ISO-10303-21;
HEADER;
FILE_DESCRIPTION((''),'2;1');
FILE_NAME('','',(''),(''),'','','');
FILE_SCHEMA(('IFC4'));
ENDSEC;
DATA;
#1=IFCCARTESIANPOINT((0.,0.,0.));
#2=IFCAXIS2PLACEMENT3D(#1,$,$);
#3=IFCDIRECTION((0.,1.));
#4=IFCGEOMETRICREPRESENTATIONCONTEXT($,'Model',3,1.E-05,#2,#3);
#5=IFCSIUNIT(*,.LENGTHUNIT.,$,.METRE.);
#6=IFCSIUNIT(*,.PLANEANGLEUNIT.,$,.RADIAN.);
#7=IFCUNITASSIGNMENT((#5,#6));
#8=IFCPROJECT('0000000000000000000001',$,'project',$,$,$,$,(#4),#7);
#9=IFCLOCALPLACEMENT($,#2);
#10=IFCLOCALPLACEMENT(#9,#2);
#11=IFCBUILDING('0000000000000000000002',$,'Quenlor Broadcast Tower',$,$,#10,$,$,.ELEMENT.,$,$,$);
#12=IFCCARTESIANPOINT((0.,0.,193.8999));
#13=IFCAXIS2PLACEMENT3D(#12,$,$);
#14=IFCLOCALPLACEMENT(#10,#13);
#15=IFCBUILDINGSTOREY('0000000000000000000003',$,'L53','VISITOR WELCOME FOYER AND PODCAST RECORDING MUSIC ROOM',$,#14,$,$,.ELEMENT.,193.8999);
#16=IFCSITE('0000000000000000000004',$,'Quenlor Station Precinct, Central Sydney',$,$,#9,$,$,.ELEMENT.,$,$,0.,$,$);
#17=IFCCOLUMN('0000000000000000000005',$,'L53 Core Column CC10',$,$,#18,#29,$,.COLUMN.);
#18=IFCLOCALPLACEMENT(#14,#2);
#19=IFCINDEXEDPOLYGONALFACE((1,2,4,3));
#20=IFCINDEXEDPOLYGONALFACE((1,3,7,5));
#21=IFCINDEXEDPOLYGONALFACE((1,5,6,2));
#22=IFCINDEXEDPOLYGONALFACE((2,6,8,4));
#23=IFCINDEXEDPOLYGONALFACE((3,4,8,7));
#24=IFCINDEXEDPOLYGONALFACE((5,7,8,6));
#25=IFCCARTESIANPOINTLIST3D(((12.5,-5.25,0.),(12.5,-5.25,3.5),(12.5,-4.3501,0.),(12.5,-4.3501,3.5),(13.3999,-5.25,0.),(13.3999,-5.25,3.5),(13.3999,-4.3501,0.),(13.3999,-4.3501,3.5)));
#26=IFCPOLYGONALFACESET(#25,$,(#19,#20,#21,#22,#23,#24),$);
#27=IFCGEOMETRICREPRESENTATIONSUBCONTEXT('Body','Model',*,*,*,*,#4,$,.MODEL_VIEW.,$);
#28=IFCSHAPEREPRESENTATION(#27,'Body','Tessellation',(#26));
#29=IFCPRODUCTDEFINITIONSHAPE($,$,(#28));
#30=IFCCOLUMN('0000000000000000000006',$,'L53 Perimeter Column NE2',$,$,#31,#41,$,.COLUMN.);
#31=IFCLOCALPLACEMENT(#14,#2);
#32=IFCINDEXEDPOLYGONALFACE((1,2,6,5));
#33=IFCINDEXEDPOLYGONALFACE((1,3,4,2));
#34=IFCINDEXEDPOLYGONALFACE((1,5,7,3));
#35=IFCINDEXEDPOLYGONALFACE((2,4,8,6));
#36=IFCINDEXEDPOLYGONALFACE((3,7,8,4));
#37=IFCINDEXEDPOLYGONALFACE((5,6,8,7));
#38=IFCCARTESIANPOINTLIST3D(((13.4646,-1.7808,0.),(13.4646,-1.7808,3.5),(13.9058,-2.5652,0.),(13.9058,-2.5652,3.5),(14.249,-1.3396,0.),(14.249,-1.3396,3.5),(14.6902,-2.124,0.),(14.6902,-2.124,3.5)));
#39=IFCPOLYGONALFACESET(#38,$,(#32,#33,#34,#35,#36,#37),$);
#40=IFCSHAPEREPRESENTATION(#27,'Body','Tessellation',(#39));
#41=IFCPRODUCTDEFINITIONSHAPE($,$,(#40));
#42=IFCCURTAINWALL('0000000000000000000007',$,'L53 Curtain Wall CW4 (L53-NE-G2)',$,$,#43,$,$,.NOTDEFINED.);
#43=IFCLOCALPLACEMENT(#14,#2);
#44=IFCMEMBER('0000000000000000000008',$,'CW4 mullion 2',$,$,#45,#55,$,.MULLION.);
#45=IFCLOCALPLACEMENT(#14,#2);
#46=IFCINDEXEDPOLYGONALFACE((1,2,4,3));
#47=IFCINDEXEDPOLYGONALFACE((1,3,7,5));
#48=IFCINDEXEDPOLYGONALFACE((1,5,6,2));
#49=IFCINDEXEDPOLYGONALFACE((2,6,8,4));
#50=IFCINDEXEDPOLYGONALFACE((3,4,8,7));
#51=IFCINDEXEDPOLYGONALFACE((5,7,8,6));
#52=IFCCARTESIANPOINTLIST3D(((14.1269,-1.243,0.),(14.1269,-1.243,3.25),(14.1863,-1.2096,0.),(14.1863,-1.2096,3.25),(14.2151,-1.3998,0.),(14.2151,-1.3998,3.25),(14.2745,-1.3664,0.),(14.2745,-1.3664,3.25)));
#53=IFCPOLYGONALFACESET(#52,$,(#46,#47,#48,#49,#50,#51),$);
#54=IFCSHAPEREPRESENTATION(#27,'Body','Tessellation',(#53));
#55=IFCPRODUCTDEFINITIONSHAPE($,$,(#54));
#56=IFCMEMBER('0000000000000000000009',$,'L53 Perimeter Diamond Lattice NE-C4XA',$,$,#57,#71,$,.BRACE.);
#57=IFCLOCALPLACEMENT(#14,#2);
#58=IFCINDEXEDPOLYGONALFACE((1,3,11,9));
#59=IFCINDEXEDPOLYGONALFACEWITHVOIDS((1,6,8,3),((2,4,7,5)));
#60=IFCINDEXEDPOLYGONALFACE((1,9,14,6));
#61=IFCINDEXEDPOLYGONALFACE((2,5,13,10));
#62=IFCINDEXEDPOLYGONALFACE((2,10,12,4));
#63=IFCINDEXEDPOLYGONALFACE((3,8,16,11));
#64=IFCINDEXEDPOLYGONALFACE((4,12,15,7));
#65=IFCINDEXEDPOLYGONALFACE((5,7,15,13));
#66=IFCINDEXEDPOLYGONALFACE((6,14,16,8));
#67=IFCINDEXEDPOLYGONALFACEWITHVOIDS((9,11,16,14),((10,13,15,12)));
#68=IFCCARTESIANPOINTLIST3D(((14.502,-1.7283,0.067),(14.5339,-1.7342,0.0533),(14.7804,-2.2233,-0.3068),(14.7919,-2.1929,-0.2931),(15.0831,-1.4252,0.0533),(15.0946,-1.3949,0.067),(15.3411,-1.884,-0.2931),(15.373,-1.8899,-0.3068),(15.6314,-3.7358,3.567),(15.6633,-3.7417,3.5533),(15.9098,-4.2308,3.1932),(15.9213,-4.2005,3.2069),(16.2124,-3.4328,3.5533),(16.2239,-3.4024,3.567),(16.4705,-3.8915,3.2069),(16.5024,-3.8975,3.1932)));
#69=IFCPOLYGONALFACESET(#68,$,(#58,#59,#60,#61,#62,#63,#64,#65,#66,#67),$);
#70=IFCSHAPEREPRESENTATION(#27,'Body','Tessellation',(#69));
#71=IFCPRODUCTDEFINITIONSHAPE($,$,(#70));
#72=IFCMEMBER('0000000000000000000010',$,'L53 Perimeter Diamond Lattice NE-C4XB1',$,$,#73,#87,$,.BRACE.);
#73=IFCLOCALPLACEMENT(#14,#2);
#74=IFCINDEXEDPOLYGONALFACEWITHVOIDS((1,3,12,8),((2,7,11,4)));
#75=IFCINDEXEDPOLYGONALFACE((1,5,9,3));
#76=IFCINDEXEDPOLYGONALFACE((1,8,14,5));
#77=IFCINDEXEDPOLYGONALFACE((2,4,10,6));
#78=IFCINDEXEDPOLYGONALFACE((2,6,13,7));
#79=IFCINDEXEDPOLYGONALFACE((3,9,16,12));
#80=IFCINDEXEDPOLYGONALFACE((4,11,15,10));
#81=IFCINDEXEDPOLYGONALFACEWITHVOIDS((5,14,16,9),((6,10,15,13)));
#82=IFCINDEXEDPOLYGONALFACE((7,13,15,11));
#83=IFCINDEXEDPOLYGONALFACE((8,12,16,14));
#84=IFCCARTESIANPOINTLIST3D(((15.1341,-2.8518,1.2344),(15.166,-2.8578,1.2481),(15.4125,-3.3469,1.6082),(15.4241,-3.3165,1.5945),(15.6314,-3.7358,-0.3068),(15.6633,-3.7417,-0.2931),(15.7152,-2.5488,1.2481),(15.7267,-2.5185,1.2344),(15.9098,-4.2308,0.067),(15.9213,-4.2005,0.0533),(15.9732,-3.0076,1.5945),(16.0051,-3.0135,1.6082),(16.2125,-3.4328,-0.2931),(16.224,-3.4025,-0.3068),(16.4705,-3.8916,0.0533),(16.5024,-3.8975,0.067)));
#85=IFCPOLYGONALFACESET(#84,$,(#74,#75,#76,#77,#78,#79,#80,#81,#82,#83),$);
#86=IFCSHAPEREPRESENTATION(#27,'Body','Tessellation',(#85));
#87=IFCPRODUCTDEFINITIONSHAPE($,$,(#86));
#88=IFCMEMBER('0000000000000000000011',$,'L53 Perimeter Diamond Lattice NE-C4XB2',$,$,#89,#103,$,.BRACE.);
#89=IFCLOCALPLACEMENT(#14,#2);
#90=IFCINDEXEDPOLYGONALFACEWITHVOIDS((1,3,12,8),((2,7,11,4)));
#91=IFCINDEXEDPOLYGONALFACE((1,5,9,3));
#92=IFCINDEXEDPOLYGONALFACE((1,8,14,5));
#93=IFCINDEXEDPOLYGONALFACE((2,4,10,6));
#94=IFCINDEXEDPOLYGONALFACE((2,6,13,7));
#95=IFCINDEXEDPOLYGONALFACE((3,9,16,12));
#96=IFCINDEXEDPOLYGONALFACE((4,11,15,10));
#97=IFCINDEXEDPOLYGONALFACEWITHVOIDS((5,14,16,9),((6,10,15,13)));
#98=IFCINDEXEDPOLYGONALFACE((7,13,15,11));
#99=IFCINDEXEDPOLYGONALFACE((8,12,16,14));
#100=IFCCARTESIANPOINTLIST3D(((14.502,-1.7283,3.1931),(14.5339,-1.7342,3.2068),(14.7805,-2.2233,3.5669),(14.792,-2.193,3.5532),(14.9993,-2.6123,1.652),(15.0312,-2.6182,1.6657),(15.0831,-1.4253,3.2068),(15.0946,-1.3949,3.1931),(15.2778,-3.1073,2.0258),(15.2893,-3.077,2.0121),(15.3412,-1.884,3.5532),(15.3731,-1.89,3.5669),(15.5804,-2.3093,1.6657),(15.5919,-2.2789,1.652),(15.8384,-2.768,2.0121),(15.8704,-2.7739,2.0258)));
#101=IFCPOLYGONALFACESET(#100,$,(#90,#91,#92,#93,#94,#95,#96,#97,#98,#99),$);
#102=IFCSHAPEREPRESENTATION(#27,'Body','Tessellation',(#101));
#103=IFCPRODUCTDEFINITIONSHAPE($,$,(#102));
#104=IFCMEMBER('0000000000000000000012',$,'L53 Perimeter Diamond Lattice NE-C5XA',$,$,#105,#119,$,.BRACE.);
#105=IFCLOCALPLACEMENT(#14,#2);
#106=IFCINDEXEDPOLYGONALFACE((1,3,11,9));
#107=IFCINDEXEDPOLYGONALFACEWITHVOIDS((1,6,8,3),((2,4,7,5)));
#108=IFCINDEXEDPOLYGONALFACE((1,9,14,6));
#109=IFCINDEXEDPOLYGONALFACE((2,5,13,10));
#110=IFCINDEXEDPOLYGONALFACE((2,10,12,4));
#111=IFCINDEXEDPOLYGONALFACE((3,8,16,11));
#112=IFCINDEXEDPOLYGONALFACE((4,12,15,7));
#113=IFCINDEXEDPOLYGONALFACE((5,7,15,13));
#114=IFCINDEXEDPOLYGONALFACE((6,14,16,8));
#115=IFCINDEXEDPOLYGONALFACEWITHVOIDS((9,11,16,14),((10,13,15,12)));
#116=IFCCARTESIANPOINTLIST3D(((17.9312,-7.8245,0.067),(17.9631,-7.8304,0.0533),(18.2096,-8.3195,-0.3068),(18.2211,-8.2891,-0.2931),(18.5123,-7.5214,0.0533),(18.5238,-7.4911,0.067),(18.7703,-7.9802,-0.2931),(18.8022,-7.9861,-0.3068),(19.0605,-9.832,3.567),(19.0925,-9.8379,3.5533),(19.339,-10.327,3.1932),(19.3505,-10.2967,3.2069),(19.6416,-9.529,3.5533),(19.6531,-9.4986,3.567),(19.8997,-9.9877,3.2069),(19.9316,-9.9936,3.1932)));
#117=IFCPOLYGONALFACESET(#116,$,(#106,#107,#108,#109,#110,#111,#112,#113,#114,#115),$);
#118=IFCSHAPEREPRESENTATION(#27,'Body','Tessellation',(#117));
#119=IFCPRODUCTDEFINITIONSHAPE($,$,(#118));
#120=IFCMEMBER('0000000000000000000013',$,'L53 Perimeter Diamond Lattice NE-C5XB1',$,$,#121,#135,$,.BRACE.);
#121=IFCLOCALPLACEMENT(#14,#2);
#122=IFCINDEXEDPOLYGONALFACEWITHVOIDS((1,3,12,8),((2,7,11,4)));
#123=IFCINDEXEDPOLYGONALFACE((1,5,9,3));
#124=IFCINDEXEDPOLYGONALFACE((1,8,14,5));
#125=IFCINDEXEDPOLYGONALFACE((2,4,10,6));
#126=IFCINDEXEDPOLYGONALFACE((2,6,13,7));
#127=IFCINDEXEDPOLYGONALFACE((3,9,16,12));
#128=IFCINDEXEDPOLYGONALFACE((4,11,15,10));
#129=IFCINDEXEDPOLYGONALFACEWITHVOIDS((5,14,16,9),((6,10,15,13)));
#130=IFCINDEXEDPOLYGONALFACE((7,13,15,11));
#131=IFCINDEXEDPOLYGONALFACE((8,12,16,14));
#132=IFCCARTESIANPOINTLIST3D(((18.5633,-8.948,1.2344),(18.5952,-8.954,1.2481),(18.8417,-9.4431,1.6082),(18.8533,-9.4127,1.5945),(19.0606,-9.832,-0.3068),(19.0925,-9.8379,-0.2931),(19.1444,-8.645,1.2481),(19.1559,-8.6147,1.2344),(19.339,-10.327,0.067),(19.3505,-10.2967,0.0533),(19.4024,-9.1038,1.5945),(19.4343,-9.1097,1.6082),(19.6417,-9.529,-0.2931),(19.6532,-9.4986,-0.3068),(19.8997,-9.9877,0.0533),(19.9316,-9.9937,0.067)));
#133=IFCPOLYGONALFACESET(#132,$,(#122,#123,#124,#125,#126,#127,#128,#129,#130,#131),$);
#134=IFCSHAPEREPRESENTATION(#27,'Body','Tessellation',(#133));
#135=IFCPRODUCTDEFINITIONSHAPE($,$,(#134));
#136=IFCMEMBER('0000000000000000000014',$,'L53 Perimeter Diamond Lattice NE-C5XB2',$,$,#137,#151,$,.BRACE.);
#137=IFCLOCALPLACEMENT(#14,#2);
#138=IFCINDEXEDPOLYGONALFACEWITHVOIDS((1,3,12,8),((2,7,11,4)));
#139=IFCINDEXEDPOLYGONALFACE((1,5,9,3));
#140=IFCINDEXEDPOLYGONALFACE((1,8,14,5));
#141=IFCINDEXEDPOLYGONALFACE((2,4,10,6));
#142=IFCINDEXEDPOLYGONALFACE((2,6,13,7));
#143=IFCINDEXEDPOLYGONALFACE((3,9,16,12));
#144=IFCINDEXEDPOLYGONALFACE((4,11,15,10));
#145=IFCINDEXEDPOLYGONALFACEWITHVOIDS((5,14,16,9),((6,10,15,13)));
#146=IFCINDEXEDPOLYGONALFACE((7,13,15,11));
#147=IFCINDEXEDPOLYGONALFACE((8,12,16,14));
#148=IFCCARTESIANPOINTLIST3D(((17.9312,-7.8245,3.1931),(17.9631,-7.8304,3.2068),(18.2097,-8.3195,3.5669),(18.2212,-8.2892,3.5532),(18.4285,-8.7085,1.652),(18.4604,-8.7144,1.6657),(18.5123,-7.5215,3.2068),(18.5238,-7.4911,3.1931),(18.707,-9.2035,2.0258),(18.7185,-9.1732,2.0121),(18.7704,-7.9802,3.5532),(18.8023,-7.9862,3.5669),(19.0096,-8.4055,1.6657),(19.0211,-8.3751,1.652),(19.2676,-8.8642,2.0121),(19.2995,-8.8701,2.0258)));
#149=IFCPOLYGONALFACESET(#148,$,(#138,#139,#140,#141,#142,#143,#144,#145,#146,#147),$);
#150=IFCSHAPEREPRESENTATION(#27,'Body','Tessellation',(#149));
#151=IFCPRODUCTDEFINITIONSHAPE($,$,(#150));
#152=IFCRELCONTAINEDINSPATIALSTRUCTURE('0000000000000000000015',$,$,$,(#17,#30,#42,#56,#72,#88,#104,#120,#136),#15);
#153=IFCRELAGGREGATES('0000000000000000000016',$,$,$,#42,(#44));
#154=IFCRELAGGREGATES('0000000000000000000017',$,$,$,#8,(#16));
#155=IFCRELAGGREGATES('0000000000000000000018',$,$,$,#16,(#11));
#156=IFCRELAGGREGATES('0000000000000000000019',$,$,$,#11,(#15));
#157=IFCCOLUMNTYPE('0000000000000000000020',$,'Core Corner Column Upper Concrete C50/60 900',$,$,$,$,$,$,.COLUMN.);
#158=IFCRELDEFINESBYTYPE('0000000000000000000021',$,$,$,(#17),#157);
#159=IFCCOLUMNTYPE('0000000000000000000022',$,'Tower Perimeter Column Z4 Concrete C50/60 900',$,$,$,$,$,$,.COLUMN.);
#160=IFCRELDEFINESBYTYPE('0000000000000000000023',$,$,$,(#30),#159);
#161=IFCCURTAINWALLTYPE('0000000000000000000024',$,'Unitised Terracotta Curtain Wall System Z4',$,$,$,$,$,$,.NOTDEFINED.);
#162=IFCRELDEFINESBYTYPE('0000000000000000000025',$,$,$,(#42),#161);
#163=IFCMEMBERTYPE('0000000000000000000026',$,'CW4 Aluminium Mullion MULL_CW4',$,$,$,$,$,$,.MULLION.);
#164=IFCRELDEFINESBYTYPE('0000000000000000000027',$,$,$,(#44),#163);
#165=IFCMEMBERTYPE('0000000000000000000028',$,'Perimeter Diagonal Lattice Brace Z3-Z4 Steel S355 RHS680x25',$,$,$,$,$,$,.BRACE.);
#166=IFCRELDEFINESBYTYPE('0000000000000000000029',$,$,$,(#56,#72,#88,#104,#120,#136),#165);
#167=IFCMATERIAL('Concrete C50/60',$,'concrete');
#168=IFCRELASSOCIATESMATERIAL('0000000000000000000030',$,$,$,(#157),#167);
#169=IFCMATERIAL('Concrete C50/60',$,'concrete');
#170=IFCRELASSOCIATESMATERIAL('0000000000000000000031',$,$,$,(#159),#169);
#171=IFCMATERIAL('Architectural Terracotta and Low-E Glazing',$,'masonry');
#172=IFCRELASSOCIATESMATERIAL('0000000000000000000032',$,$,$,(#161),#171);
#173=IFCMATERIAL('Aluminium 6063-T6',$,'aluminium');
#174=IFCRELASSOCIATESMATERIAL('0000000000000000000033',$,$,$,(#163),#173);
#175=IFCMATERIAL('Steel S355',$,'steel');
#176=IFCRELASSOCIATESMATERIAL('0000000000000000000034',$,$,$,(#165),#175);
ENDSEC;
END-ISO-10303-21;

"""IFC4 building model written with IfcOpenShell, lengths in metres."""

from ifc_helpers import new_model, si_unit, direction, frame, origin, origin_2d, place, context, subcontext, project, spatial, rectangle, hollow_rectangle, extrude, material, material_profile, profile_set, type_object, element, aggregate, save


model = new_model("IFC4")

# Units and contexts
model_context = context("Model", 3, precision=1e-05, world=origin(), true_north=direction((0.0, 1.0)))
body_context = subcontext(model_context, "Body", "Model", "MODEL_VIEW")
ifc_project = project(units=[si_unit("LENGTHUNIT", "METRE"), si_unit("PLANEANGLEUNIT", "RADIAN")], contexts=[model_context])

# Site, building, storey
site_placement = place(None, origin())
site = spatial("IfcSite", under=ifc_project, at=site_placement, Name="Quenlor Station Precinct, Central Sydney", CompositionType="ELEMENT", RefElevation=0.0)
building_placement = place(site_placement, origin())
building = spatial("IfcBuilding", under=site, at=building_placement, Name="Quenlor Broadcast Tower", CompositionType="ELEMENT")
storey_placement = place(building_placement, frame((0.0, 0.0, 193.8999)))
storey = spatial("IfcBuildingStorey", under=building, at=storey_placement, Name="L53", Description="VISITOR WELCOME FOYER AND PODCAST RECORDING MUSIC ROOM", CompositionType="ELEMENT", Elevation=193.8999)

# Columns
ifc_material_1 = material(Name="Concrete C50/60", Category="concrete")
ifc_material_profile_1 = material_profile(ifc_material_1, rectangle(XDim=0.8999, YDim=0.8999, at=origin_2d()))
ifc_profile_set_1 = profile_set([ifc_material_profile_1], Name="Concrete C50/60 RC900x900")
column_type_1 = type_object("IfcColumnType", Name="Core Corner Column Upper Concrete C50/60 900", PredefinedType="COLUMN", material=ifc_profile_set_1)
column_1_placement = place(storey_placement, frame((12.95, -4.8, 0.0), z_axis=(0.0, 0.0, 1.0), x_axis=(1.0, 0.0, 0.0)))
element("IfcColumn", 1, at=column_1_placement, inside=storey, type_object=column_type_1, Name="L53 Core Column CC10", PredefinedType="COLUMN", context=body_context, shape_type="SweptSolid", body=[
    extrude(rectangle(XDim=0.8999, YDim=0.8999, at=origin_2d()), origin(), (0.0, 0.0, 1.0), 3.5),
])
ifc_material_2 = material(Name="Concrete C50/60", Category="concrete")
ifc_material_profile_2 = material_profile(ifc_material_2, rectangle(XDim=0.8999, YDim=0.8999, at=origin_2d()))
ifc_profile_set_2 = profile_set([ifc_material_profile_2], Name="Concrete C50/60 RC900x900")
column_type_2 = type_object("IfcColumnType", Name="Tower Perimeter Column Z4 Concrete C50/60 900", PredefinedType="COLUMN", material=ifc_profile_set_2)
column_2_placement = place(storey_placement, frame((14.0774, -1.9524, 0.0), z_axis=(0.0, 0.0, 1.0), x_axis=(0.871575, 0.490262, 0.0)))
element("IfcColumn", 2, at=column_2_placement, inside=storey, type_object=column_type_2, Name="L53 Perimeter Column NE2", PredefinedType="COLUMN", context=body_context, shape_type="SweptSolid", body=[
    extrude(rectangle(XDim=0.8999, YDim=0.8999, at=origin_2d()), origin(), (0.0, 0.0, 1.0), 3.5),
])

# Curtain wall, member
ifc_material_3 = material(Name="Architectural Terracotta and Low-E Glazing", Category="masonry")
curtain_wall_type = type_object("IfcCurtainWallType", Name="Unitised Terracotta Curtain Wall System Z4", PredefinedType="NOTDEFINED", material=ifc_material_3)
curtain_wall_placement = place(storey_placement, origin())
curtain_wall = element("IfcCurtainWall", 3, at=curtain_wall_placement, inside=storey, type_object=curtain_wall_type, Name="L53 Curtain Wall CW4 (L53-NE-G2)", PredefinedType="NOTDEFINED")
ifc_material_4 = material(Name="Aluminium 6063-T6", Category="aluminium")
ifc_material_profile_3 = material_profile(ifc_material_4, rectangle(XDim=0.0681, YDim=0.1799, at=origin_2d()))
ifc_profile_set_3 = profile_set([ifc_material_profile_3], Name="Aluminium 6063-T6 MULL68x180")
member_type_1 = type_object("IfcMemberType", Name="CW4 Aluminium Mullion MULL_CW4", PredefinedType="MULLION", material=ifc_profile_set_3)
member_1_placement = place(storey_placement, frame((14.2007, -1.3047, 0.0), z_axis=(0.0, 0.0, 1.0), x_axis=(0.871578, 0.490257, 0.0)))
member_1 = element("IfcMember", 4, at=member_1_placement, type_object=member_type_1, Name="CW4 mullion 2", PredefinedType="MULLION", context=body_context, shape_type="SweptSolid", body=[
    extrude(rectangle(XDim=0.0681, YDim=0.1799, at=origin_2d()), origin(), (0.0, 0.0, 1.0), 3.25),
])
aggregate(curtain_wall, [member_1])

# Members
ifc_material_5 = material(Name="Steel S355", Category="steel")
ifc_material_profile_4 = material_profile(ifc_material_5, hollow_rectangle(XDim=0.6799, YDim=0.6799, WallThickness=0.0249, at=origin_2d()))
ifc_profile_set_4 = profile_set([ifc_material_profile_4], Name="Steel S355 RHS680x680x25")
member_type_2 = type_object("IfcMemberType", Name="Perimeter Diagonal Lattice Brace Z3-Z4 Steel S355 RHS680x25", PredefinedType="BRACE", material=ifc_profile_set_4)
member_2_placement = place(storey_placement, frame((14.9375, -1.8091, -0.1199), z_axis=(0.269547, -0.479136, 0.835328), x_axis=(0.87155, 0.490307, 0.0)))
element("IfcMember", 5, at=member_2_placement, inside=storey, type_object=member_type_2, Name="L53 Perimeter Diamond Lattice NE-C4XA", PredefinedType="BRACE", context=body_context, shape_type="SweptSolid", body=[
    extrude(hollow_rectangle(XDim=0.6799, YDim=0.6799, WallThickness=0.0249, at=origin_2d()), origin(), (0.0, 0.0, 1.0), 4.1899),
])
for number, where, z_axis, x_axis, name in (
    (6, (16.0669, -3.8167, -0.1199), (-0.269536, 0.47913, 0.835335), (-0.871556, -0.490296, 0.0), "L53 Perimeter Diamond Lattice NE-C4XB1"),
    (7, (15.4348, -2.6931, 1.8389), (-0.269536, 0.47913, 0.835335), (-0.871556, -0.490296, 0.0), "L53 Perimeter Diamond Lattice NE-C4XB2"),
):
    element("IfcMember", number, at=place(storey_placement, frame(where, z_axis=z_axis, x_axis=x_axis)), inside=storey, type_object=member_type_2, Name=name, PredefinedType="BRACE", context=body_context, shape_type="SweptSolid", body=[
        extrude(hollow_rectangle(XDim=0.6799, YDim=0.6799, WallThickness=0.0249, at=origin_2d()), origin(), (0.0, 0.0, 1.0), 1.845),
    ])
member_3_placement = place(storey_placement, frame((18.3667, -7.9053, -0.1199), z_axis=(0.269547, -0.479136, 0.835328), x_axis=(0.87155, 0.490307, 0.0)))
element("IfcMember", 8, at=member_3_placement, inside=storey, type_object=member_type_2, Name="L53 Perimeter Diamond Lattice NE-C5XA", PredefinedType="BRACE", context=body_context, shape_type="SweptSolid", body=[
    extrude(hollow_rectangle(XDim=0.6799, YDim=0.6799, WallThickness=0.0249, at=origin_2d()), origin(), (0.0, 0.0, 1.0), 4.1899),
])
for number, where, z_axis, x_axis, name in (
    (9, (19.4961, -9.9128, -0.1199), (-0.269536, 0.47913, 0.835335), (-0.871556, -0.490296, 0.0), "L53 Perimeter Diamond Lattice NE-C5XB1"),
    (10, (18.864, -8.7893, 1.8389), (-0.269536, 0.47913, 0.835335), (-0.871556, -0.490296, 0.0), "L53 Perimeter Diamond Lattice NE-C5XB2"),
):
    element("IfcMember", number, at=place(storey_placement, frame(where, z_axis=z_axis, x_axis=x_axis)), inside=storey, type_object=member_type_2, Name=name, PredefinedType="BRACE", context=body_context, shape_type="SweptSolid", body=[
        extrude(hollow_rectangle(XDim=0.6799, YDim=0.6799, WallThickness=0.0249, at=origin_2d()), origin(), (0.0, 0.0, 1.0), 1.845),
    ])

save(model, "model.ifc")
